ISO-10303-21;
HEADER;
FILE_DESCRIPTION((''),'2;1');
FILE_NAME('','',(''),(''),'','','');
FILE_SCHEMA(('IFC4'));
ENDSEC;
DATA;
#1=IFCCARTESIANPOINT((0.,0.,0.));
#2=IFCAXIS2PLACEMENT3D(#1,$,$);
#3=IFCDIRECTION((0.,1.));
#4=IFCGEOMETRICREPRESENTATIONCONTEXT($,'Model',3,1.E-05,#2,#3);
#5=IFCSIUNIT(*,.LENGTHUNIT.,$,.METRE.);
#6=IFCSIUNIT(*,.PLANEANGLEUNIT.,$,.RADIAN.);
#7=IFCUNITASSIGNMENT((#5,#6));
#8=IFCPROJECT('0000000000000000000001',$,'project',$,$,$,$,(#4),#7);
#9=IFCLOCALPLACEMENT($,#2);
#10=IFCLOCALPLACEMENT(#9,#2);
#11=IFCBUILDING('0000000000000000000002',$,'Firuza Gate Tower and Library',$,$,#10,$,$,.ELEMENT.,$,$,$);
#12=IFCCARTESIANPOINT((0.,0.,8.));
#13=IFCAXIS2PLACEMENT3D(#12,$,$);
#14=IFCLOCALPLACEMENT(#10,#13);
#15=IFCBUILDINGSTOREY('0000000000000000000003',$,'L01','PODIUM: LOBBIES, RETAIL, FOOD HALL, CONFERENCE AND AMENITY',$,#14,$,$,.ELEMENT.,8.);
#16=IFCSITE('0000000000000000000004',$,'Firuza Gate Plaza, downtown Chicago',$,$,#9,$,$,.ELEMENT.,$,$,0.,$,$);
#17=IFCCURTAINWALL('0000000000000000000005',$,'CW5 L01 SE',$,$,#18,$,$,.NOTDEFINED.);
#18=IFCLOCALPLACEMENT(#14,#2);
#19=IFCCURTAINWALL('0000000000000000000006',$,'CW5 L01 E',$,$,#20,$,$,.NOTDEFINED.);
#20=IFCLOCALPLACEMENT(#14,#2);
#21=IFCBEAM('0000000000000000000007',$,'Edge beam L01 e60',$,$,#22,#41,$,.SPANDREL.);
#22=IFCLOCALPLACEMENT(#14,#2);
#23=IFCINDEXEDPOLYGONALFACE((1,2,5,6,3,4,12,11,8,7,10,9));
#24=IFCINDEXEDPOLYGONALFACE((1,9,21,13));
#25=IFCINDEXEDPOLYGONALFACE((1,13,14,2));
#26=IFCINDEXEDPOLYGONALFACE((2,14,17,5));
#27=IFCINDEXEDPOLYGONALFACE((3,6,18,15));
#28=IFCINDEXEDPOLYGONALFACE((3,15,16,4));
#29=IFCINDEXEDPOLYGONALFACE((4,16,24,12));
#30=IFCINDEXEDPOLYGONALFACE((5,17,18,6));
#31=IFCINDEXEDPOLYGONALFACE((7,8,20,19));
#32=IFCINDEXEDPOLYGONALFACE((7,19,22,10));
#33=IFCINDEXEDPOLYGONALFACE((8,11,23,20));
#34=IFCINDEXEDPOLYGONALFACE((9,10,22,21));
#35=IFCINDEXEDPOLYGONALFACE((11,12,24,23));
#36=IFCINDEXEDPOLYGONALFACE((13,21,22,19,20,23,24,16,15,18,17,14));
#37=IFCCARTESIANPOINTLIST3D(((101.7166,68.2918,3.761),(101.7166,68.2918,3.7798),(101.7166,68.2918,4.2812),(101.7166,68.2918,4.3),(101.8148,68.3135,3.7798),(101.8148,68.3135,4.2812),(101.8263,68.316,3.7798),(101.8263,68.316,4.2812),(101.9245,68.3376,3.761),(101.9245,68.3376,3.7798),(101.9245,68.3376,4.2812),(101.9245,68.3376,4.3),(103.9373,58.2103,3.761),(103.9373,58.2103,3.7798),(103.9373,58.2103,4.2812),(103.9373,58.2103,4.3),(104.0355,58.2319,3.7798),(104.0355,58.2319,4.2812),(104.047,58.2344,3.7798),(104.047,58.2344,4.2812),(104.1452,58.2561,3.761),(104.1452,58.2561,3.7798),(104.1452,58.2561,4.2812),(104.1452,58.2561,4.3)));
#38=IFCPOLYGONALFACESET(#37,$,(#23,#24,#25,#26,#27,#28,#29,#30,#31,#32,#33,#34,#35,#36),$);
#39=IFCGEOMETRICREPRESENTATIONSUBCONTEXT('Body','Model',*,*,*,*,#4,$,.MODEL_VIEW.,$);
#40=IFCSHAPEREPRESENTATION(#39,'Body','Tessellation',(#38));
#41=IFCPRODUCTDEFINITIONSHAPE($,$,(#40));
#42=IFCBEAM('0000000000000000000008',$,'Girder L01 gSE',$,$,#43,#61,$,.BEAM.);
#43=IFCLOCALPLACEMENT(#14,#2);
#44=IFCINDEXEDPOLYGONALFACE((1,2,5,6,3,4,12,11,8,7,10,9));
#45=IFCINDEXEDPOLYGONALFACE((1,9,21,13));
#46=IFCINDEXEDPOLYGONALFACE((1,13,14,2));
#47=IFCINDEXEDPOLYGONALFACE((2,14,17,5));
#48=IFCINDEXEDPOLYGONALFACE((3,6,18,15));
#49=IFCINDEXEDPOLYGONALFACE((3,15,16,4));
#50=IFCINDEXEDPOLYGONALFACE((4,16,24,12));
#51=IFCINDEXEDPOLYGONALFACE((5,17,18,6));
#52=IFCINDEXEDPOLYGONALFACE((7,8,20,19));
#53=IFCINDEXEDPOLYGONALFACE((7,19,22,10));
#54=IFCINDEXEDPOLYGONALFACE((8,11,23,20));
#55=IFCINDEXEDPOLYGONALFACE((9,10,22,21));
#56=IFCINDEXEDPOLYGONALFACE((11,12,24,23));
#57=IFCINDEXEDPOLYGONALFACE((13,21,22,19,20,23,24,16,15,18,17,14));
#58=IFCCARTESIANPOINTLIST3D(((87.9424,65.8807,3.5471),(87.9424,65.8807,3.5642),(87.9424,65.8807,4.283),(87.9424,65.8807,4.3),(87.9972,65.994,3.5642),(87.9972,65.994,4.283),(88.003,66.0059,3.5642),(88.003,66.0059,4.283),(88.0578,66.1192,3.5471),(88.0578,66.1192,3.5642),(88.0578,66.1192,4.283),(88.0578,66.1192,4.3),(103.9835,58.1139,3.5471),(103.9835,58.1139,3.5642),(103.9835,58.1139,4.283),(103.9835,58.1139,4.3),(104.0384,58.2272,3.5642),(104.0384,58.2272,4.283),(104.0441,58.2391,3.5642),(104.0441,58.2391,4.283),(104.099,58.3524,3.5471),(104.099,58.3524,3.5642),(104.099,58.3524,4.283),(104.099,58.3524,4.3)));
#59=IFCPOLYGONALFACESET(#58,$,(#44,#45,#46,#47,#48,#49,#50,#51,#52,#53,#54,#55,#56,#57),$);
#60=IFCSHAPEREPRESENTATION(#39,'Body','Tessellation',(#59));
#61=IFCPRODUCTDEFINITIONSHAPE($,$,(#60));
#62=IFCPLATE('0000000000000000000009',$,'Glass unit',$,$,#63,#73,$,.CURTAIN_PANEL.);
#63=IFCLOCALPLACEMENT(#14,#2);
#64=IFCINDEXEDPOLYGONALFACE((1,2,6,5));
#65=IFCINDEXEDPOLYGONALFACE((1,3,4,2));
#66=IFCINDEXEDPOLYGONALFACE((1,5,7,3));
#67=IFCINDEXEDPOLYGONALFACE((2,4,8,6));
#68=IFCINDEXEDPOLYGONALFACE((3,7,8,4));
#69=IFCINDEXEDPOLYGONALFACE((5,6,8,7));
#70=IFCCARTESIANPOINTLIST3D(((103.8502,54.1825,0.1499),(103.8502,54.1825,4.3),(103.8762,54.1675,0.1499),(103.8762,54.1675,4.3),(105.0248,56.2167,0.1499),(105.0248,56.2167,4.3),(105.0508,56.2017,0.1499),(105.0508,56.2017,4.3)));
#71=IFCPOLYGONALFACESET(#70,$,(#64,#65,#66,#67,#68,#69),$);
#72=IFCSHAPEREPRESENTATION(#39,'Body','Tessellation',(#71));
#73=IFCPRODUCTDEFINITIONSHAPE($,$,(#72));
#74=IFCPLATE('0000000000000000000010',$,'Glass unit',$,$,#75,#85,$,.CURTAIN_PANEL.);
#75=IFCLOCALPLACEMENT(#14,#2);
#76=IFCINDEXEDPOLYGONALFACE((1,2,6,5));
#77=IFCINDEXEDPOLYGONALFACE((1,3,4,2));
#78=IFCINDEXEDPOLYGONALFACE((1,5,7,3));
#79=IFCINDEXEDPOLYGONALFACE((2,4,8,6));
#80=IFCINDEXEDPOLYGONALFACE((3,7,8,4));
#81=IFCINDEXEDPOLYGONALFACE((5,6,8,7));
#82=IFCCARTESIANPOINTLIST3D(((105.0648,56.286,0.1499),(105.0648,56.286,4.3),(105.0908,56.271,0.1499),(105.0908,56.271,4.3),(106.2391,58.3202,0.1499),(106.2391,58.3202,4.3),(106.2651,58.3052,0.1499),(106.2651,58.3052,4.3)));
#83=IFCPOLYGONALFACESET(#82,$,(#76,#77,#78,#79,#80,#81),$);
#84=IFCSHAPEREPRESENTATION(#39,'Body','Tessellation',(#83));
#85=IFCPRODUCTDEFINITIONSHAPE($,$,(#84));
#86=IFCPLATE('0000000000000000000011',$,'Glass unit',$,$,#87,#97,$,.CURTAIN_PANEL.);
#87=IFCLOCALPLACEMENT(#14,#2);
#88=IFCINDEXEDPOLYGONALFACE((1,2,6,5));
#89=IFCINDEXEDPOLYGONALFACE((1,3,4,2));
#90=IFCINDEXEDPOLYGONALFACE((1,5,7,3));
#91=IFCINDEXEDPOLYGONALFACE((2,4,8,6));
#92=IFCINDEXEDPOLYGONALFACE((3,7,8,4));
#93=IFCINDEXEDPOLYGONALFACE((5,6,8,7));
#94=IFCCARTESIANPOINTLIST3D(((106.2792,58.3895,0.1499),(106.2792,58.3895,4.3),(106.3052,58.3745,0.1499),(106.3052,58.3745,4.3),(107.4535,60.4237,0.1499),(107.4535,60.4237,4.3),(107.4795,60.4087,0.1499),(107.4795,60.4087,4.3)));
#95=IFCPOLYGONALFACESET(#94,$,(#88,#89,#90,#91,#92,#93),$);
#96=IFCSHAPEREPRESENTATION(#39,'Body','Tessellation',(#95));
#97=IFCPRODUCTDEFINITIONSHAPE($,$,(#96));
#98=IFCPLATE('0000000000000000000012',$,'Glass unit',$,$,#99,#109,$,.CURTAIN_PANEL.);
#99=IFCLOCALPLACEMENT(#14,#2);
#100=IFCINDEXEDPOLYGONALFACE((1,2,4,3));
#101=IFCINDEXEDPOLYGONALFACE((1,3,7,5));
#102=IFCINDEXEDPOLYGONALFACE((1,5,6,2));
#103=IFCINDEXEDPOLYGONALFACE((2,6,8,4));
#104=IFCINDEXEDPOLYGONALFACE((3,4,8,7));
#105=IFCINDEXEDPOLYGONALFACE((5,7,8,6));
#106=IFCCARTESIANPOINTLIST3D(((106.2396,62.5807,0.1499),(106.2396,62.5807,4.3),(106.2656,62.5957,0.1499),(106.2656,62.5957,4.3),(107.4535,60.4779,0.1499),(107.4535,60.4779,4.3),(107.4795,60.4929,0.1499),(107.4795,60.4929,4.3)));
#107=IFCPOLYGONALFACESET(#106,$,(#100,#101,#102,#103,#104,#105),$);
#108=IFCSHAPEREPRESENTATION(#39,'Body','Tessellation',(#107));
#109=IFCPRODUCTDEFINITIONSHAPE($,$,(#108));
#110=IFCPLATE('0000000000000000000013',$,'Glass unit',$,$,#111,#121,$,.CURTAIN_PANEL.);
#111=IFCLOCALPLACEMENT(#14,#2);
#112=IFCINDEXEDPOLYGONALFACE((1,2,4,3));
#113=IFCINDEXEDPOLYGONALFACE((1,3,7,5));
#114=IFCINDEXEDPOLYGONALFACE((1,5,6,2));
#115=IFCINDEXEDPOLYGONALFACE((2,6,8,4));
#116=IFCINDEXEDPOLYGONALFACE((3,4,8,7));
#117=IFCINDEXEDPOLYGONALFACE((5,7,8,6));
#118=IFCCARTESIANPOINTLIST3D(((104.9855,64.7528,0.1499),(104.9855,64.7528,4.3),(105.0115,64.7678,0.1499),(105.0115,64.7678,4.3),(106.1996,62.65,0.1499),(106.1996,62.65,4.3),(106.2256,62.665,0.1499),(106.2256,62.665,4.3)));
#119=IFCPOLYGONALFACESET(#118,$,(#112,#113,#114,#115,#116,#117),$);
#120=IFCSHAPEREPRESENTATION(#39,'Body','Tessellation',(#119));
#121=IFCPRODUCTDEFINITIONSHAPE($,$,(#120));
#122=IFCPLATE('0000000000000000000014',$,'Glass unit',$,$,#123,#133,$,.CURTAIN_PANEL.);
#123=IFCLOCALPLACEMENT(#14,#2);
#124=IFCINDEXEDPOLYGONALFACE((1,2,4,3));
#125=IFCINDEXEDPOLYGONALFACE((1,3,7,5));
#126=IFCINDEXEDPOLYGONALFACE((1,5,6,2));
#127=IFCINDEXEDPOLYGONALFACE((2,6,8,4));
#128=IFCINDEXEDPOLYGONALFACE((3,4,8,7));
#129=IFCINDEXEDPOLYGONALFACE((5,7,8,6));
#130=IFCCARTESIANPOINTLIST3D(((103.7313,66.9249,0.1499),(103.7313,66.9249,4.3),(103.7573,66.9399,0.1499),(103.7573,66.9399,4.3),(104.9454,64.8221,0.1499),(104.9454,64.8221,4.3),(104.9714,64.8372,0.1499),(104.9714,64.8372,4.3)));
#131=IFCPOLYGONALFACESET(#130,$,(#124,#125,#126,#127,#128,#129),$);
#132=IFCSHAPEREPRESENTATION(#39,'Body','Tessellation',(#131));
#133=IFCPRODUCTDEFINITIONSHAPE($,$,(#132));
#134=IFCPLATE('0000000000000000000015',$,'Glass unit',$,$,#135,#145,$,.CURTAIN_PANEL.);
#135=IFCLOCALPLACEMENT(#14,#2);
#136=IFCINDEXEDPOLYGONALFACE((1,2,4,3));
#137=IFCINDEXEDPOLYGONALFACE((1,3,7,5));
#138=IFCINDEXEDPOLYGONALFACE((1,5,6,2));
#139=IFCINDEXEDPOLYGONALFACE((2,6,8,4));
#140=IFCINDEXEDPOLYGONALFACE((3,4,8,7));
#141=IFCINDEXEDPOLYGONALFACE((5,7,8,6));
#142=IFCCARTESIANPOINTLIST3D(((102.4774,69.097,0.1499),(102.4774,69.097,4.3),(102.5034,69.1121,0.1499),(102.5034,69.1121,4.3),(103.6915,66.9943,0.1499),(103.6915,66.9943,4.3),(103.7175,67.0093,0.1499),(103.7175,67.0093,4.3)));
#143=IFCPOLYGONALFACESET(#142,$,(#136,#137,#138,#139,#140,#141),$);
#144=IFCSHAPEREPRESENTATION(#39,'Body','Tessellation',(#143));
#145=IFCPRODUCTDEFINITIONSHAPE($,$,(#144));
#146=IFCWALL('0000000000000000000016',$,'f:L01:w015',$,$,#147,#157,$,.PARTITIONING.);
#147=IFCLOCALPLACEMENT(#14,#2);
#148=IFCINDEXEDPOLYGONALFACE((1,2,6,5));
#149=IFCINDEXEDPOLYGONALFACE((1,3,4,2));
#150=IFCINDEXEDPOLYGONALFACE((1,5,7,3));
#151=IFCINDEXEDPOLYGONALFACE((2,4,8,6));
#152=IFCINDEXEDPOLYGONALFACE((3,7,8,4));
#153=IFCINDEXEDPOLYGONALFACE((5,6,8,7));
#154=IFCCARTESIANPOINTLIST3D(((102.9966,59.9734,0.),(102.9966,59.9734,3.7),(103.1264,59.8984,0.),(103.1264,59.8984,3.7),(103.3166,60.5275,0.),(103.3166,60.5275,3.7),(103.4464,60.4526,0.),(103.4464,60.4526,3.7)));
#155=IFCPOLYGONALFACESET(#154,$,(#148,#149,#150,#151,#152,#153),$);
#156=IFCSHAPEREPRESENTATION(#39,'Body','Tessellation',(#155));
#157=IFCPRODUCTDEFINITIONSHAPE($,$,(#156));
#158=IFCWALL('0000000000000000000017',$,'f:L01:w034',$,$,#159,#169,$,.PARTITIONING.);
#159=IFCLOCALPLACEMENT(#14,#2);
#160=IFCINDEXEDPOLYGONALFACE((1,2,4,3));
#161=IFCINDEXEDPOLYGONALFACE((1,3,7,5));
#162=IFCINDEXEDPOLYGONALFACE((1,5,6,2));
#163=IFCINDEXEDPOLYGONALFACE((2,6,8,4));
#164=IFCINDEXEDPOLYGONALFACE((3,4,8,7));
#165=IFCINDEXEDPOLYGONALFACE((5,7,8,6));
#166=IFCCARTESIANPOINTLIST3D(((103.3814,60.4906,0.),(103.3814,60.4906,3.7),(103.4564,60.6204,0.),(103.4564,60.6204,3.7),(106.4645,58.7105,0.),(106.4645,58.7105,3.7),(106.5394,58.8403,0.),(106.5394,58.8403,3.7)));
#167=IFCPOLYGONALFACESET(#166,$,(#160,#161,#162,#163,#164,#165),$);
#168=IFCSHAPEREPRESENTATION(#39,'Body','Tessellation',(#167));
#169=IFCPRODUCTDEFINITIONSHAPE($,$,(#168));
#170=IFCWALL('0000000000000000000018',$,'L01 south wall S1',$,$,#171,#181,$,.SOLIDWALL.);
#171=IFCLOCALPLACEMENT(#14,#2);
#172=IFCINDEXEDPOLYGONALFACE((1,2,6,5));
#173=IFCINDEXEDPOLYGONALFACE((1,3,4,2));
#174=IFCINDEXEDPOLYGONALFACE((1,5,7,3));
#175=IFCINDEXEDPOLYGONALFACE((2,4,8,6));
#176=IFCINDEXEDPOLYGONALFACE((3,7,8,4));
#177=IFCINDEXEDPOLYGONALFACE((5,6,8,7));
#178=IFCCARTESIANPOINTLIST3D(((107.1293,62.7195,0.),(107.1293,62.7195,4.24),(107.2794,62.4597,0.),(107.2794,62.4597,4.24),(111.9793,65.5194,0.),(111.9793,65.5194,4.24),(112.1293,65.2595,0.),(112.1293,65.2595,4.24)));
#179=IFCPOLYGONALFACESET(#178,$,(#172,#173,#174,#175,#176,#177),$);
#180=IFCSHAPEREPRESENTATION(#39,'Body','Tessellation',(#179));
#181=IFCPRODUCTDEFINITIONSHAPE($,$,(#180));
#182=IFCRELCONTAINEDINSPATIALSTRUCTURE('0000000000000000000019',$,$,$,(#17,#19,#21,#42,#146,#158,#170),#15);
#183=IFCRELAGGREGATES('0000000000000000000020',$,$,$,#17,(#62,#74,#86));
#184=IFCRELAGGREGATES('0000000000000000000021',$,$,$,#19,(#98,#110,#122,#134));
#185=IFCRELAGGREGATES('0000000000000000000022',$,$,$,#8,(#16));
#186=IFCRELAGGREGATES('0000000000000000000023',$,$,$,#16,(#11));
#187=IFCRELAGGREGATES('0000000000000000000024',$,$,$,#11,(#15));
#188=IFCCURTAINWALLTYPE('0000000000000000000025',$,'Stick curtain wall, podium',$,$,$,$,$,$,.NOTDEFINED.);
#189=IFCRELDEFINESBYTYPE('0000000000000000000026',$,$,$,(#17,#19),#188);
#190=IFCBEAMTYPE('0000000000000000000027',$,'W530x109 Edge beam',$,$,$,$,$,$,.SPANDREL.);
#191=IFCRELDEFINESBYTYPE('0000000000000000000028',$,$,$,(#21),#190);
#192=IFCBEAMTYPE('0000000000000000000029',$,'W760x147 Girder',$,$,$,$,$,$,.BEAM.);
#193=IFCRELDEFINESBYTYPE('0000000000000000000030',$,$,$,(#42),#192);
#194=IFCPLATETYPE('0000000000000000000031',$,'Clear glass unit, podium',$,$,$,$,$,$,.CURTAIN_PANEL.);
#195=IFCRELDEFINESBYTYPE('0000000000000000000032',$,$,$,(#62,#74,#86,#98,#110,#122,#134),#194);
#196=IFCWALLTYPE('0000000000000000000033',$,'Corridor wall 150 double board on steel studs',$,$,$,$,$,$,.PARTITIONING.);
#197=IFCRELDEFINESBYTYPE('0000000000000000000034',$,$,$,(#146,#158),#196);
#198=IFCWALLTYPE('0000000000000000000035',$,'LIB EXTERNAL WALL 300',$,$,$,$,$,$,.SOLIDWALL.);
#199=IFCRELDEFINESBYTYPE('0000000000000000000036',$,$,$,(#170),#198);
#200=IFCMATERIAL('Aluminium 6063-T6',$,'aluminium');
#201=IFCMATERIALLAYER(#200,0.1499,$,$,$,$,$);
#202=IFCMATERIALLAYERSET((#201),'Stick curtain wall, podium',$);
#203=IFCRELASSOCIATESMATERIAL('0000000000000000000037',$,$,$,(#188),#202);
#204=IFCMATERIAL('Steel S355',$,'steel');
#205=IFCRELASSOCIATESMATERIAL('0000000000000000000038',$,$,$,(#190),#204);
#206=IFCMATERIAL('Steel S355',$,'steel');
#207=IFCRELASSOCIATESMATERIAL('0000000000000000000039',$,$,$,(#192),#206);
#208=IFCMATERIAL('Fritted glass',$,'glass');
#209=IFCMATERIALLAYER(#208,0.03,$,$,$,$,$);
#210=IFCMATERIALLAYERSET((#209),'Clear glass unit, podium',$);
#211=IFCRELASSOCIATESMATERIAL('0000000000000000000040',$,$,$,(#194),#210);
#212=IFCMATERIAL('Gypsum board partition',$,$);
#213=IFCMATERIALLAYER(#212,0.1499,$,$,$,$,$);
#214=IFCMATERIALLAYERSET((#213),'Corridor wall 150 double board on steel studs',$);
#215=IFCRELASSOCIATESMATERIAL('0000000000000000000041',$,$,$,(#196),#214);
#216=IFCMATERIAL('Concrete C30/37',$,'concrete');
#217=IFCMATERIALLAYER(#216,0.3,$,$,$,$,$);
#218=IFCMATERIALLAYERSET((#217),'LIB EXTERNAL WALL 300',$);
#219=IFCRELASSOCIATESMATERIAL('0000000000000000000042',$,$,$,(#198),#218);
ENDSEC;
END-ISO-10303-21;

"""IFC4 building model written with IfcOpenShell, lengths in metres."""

from ifc_helpers import new_model, si_unit, direction, frame, frame_2d, origin, origin_2d, place, context, subcontext, project, spatial, polyline, rectangle, i_section, outline, extrude, material, layer, layer_set, material_profile, profile_set, type_object, element, aggregate, save


model = new_model("IFC4")

# Units and contexts
model_context = context("Model", 3, precision=1e-05, world=origin(), true_north=direction((0.0, 1.0)))
body_context = subcontext(model_context, "Body", "Model", "MODEL_VIEW")
ifc_project = project(units=[si_unit("LENGTHUNIT", "METRE"), si_unit("PLANEANGLEUNIT", "RADIAN")], contexts=[model_context])

# Site, building, storey
site_placement = place(None, origin())
site = spatial("IfcSite", under=ifc_project, at=site_placement, Name="Firuza Gate Plaza, downtown Chicago", CompositionType="ELEMENT", RefElevation=0.0)
building_placement = place(site_placement, origin())
building = spatial("IfcBuilding", under=site, at=building_placement, Name="Firuza Gate Tower and Library", CompositionType="ELEMENT")
storey_placement = place(building_placement, frame((0.0, 0.0, 8.0)))
storey = spatial("IfcBuildingStorey", under=building, at=storey_placement, Name="L01", Description="PODIUM: LOBBIES, RETAIL, FOOD HALL, CONFERENCE AND AMENITY", CompositionType="ELEMENT", Elevation=8.0)

# Curtain walls
ifc_material_1 = material(Name="Aluminium 6063-T6", Category="aluminium")
ifc_layer_1 = layer(ifc_material_1, 0.1499)
ifc_layer_set_1 = layer_set([ifc_layer_1], Name="Stick curtain wall, podium")
curtain_wall_type_1 = type_object("IfcCurtainWallType", Name="Stick curtain wall, podium", PredefinedType="NOTDEFINED", material=ifc_layer_set_1)
placement = place(storey_placement, origin())
curtain_wall_1 = element("IfcCurtainWall", 1, at=placement, inside=storey, type_object=curtain_wall_type_1, Name="CW5 L01 SE", PredefinedType="NOTDEFINED")
curtain_wall_2 = element("IfcCurtainWall", 2, at=placement, inside=storey, type_object=curtain_wall_type_1, Name="CW5 L01 E", PredefinedType="NOTDEFINED")

# Beams
ifc_material_2 = material(Name="Steel S355", Category="steel")
ifc_material_profile_1 = material_profile(ifc_material_2, i_section(OverallWidth=0.2129, OverallDepth=0.5391, WebThickness=0.0117, FlangeThickness=0.0188, at=origin_2d()))
ifc_profile_set_1 = profile_set([ifc_material_profile_1], Name="Steel S355")
beam_type_1 = type_object("IfcBeamType", Name="W530x109 Edge beam", PredefinedType="SPANDREL", material=ifc_profile_set_1)
beam_1_placement = place(storey_placement, frame((104.0413, 58.2332, 4.0305), z_axis=(-0.215117, 0.976588, 0.0), x_axis=(-0.976588, -0.215117, 0.0)))
element("IfcBeam", 3, at=beam_1_placement, inside=storey, type_object=beam_type_1, Name="Edge beam L01 e60", PredefinedType="SPANDREL", context=body_context, shape_type="SweptSolid", body=[
    extrude(i_section(OverallWidth=0.2129, OverallDepth=0.5391, WebThickness=0.0117, FlangeThickness=0.0188, at=origin_2d()), origin(), (0.0, 0.0, 1.0), 10.3232),
])
ifc_material_3 = material(Name="Steel S355", Category="steel")
ifc_material_profile_2 = material_profile(ifc_material_3, i_section(OverallWidth=0.2649, OverallDepth=0.7529, WebThickness=0.0132, FlangeThickness=0.0171, at=origin_2d()))
ifc_profile_set_2 = profile_set([ifc_material_profile_2], Name="Steel S355")
beam_type_2 = type_object("IfcBeamType", Name="W760x147 Girder", PredefinedType="BEAM", material=ifc_profile_set_2)
beam_2_placement = place(storey_placement, frame((104.0413, 58.2332, 3.9236), z_axis=(-0.90005, 0.435786, 0.0), x_axis=(-0.435786, -0.90005, 0.0)))
element("IfcBeam", 4, at=beam_2_placement, inside=storey, type_object=beam_type_2, Name="Girder L01 gSE", PredefinedType="BEAM", context=body_context, shape_type="SweptSolid", body=[
    extrude(i_section(OverallWidth=0.2649, OverallDepth=0.7529, WebThickness=0.0132, FlangeThickness=0.0171, at=origin_2d()), origin(), (0.0, 0.0, 1.0), 17.8225),
])

# Plates
ifc_material_4 = material(Name="Fritted glass", Category="glass")
ifc_layer_2 = layer(ifc_material_4, 0.03)
ifc_layer_set_2 = layer_set([ifc_layer_2], Name="Clear glass unit, podium")
plate_type = type_object("IfcPlateType", Name="Clear glass unit, podium", PredefinedType="CURTAIN_PANEL", material=ifc_layer_set_2)
plate_1_placement = place(storey_placement, frame((103.8762, 54.1675, 0.1499), z_axis=(0.866002, -0.50004, 0.0), x_axis=(0.50004, 0.866002, 0.0)))
plate_1 = element("IfcPlate", 5, at=plate_1_placement, type_object=plate_type, Name="Glass unit", PredefinedType="CURTAIN_PANEL", context=body_context, shape_type="SweptSolid", body=[
    extrude(outline(polyline([(0.0, 0.0), (2.3489, 0.0), (2.3489, 4.1501), (0.0, 4.1501), (0.0, 0.0)])), origin(), (0.0, 0.0, -1.0), 0.03),
])
plate_2_placement = place(storey_placement, frame((105.0908, 56.271, 0.1499), z_axis=(0.866047, -0.499962, 0.0), x_axis=(0.499962, 0.866047, 0.0)))
plate_2 = element("IfcPlate", 6, at=plate_2_placement, type_object=plate_type, Name="Glass unit", PredefinedType="CURTAIN_PANEL", context=body_context, shape_type="SweptSolid", body=[
    extrude(outline(polyline([(0.0, 0.0), (2.3488, 0.0), (2.3488, 4.1501), (0.0, 4.1501), (0.0, 0.0)])), origin(), (0.0, 0.0, -1.0), 0.03),
])
plate_3_placement = place(storey_placement, frame((106.3052, 58.3745, 0.1499), z_axis=(0.866047, -0.499962, 0.0), x_axis=(0.499962, 0.866047, 0.0)))
plate_3 = element("IfcPlate", 7, at=plate_3_placement, type_object=plate_type, Name="Glass unit", PredefinedType="CURTAIN_PANEL", context=body_context, shape_type="SweptSolid", body=[
    extrude(outline(polyline([(0.0, 0.0), (2.3488, 0.0), (2.3488, 4.1501), (0.0, 4.1501), (0.0, 0.0)])), origin(), (0.0, 0.0, -1.0), 0.03),
])
aggregate(curtain_wall_1, [plate_1, plate_2, plate_3])
plate_4_placement = place(storey_placement, frame((107.4795, 60.4929, 0.1499), z_axis=(0.866057, 0.499946, 0.0), x_axis=(-0.499946, 0.866057, 0.0)))
plate_4 = element("IfcPlate", 8, at=plate_4_placement, type_object=plate_type, Name="Glass unit", PredefinedType="CURTAIN_PANEL", context=body_context, shape_type="SweptSolid", body=[
    extrude(outline(polyline([(0.0, 0.0), (2.428, 0.0), (2.428, 4.1501), (0.0, 4.1501), (0.0, 0.0)])), origin(), (0.0, 0.0, -1.0), 0.03),
])
plate_5_placement = place(storey_placement, frame((106.2256, 62.665, 0.1499), z_axis=(0.866013, 0.500021, 0.0), x_axis=(-0.500021, 0.866013, 0.0)))
plate_5 = element("IfcPlate", 9, at=plate_5_placement, type_object=plate_type, Name="Glass unit", PredefinedType="CURTAIN_PANEL", context=body_context, shape_type="SweptSolid", body=[
    extrude(outline(polyline([(0.0, 0.0), (2.4281, 0.0), (2.4281, 4.1501), (0.0, 4.1501), (0.0, 0.0)])), origin(), (0.0, 0.0, -1.0), 0.03),
])
plate_6_placement = place(storey_placement, frame((104.9714, 64.8372, 0.1499), z_axis=(0.866013, 0.500021, 0.0), x_axis=(-0.500021, 0.866013, 0.0)))
plate_6 = element("IfcPlate", 10, at=plate_6_placement, type_object=plate_type, Name="Glass unit", PredefinedType="CURTAIN_PANEL", context=body_context, shape_type="SweptSolid", body=[
    extrude(outline(polyline([(0.0, 0.0), (2.4281, 0.0), (2.4281, 4.1501), (0.0, 4.1501), (0.0, 0.0)])), origin(), (0.0, 0.0, -1.0), 0.03),
])
plate_7_placement = place(storey_placement, frame((103.7175, 67.0093, 0.1499), z_axis=(0.866013, 0.500021, 0.0), x_axis=(-0.500021, 0.866013, 0.0)))
plate_7 = element("IfcPlate", 11, at=plate_7_placement, type_object=plate_type, Name="Glass unit", PredefinedType="CURTAIN_PANEL", context=body_context, shape_type="SweptSolid", body=[
    extrude(outline(polyline([(0.0, 0.0), (2.4281, 0.0), (2.4281, 4.1501), (0.0, 4.1501), (0.0, 0.0)])), origin(), (0.0, 0.0, -1.0), 0.03),
])
aggregate(curtain_wall_2, [plate_4, plate_5, plate_6, plate_7])

# Walls
ifc_material_5 = material(Name="Gypsum board partition")
ifc_layer_3 = layer(ifc_material_5, 0.1499)
ifc_layer_set_3 = layer_set([ifc_layer_3], Name="Corridor wall 150 double board on steel studs")
wall_type_1 = type_object("IfcWallType", Name="Corridor wall 150 double board on steel studs", PredefinedType="PARTITIONING", material=ifc_layer_set_3)
wall_1_placement = place(storey_placement, frame((103.0615, 59.936, 0.0), z_axis=(0.0, 0.0, 1.0), x_axis=(0.500119, 0.865957, 0.0)))
element("IfcWall", 12, at=wall_1_placement, inside=storey, type_object=wall_type_1, Name="f:L01:w015", PredefinedType="PARTITIONING", context=body_context, shape_type="SweptSolid", body=[
    extrude(rectangle(XDim=0.6399, YDim=0.1499, at=frame_2d((0.3198, 0.0))), origin(), (0.0, 0.0, 1.0), 3.7),
])
wall_2_placement = place(storey_placement, frame((106.502, 58.7754, 0.0), z_axis=(0.0, 0.0, 1.0), x_axis=(-0.866019, 0.500011, 0.0)))
element("IfcWall", 13, at=wall_2_placement, inside=storey, type_object=wall_type_1, Name="f:L01:w034", PredefinedType="PARTITIONING", context=body_context, shape_type="SweptSolid", body=[
    extrude(rectangle(XDim=3.5601, YDim=0.1499, at=frame_2d((1.78, 0.0))), origin(), (0.0, 0.0, 1.0), 3.7),
])
ifc_material_6 = material(Name="Concrete C30/37", Category="concrete")
ifc_layer_4 = layer(ifc_material_6, 0.3)
ifc_layer_set_4 = layer_set([ifc_layer_4], Name="LIB EXTERNAL WALL 300")
wall_type_2 = type_object("IfcWallType", Name="LIB EXTERNAL WALL 300", PredefinedType="SOLIDWALL", material=ifc_layer_set_4)
wall_3_placement = place(storey_placement, frame((107.2043, 62.5896, 0.0), z_axis=(0.0, 0.0, 1.0), x_axis=(0.866045, 0.499965, 0.0)))
element("IfcWall", 14, at=wall_3_placement, inside=storey, type_object=wall_type_2, Name="L01 south wall S1", PredefinedType="SOLIDWALL", context=body_context, shape_type="SweptSolid", body=[
    extrude(rectangle(XDim=5.6001, YDim=0.3, at=frame_2d((2.8, 0.0))), origin(), (0.0, 0.0, 1.0), 4.24),
])

save(model, "model.ifc")
